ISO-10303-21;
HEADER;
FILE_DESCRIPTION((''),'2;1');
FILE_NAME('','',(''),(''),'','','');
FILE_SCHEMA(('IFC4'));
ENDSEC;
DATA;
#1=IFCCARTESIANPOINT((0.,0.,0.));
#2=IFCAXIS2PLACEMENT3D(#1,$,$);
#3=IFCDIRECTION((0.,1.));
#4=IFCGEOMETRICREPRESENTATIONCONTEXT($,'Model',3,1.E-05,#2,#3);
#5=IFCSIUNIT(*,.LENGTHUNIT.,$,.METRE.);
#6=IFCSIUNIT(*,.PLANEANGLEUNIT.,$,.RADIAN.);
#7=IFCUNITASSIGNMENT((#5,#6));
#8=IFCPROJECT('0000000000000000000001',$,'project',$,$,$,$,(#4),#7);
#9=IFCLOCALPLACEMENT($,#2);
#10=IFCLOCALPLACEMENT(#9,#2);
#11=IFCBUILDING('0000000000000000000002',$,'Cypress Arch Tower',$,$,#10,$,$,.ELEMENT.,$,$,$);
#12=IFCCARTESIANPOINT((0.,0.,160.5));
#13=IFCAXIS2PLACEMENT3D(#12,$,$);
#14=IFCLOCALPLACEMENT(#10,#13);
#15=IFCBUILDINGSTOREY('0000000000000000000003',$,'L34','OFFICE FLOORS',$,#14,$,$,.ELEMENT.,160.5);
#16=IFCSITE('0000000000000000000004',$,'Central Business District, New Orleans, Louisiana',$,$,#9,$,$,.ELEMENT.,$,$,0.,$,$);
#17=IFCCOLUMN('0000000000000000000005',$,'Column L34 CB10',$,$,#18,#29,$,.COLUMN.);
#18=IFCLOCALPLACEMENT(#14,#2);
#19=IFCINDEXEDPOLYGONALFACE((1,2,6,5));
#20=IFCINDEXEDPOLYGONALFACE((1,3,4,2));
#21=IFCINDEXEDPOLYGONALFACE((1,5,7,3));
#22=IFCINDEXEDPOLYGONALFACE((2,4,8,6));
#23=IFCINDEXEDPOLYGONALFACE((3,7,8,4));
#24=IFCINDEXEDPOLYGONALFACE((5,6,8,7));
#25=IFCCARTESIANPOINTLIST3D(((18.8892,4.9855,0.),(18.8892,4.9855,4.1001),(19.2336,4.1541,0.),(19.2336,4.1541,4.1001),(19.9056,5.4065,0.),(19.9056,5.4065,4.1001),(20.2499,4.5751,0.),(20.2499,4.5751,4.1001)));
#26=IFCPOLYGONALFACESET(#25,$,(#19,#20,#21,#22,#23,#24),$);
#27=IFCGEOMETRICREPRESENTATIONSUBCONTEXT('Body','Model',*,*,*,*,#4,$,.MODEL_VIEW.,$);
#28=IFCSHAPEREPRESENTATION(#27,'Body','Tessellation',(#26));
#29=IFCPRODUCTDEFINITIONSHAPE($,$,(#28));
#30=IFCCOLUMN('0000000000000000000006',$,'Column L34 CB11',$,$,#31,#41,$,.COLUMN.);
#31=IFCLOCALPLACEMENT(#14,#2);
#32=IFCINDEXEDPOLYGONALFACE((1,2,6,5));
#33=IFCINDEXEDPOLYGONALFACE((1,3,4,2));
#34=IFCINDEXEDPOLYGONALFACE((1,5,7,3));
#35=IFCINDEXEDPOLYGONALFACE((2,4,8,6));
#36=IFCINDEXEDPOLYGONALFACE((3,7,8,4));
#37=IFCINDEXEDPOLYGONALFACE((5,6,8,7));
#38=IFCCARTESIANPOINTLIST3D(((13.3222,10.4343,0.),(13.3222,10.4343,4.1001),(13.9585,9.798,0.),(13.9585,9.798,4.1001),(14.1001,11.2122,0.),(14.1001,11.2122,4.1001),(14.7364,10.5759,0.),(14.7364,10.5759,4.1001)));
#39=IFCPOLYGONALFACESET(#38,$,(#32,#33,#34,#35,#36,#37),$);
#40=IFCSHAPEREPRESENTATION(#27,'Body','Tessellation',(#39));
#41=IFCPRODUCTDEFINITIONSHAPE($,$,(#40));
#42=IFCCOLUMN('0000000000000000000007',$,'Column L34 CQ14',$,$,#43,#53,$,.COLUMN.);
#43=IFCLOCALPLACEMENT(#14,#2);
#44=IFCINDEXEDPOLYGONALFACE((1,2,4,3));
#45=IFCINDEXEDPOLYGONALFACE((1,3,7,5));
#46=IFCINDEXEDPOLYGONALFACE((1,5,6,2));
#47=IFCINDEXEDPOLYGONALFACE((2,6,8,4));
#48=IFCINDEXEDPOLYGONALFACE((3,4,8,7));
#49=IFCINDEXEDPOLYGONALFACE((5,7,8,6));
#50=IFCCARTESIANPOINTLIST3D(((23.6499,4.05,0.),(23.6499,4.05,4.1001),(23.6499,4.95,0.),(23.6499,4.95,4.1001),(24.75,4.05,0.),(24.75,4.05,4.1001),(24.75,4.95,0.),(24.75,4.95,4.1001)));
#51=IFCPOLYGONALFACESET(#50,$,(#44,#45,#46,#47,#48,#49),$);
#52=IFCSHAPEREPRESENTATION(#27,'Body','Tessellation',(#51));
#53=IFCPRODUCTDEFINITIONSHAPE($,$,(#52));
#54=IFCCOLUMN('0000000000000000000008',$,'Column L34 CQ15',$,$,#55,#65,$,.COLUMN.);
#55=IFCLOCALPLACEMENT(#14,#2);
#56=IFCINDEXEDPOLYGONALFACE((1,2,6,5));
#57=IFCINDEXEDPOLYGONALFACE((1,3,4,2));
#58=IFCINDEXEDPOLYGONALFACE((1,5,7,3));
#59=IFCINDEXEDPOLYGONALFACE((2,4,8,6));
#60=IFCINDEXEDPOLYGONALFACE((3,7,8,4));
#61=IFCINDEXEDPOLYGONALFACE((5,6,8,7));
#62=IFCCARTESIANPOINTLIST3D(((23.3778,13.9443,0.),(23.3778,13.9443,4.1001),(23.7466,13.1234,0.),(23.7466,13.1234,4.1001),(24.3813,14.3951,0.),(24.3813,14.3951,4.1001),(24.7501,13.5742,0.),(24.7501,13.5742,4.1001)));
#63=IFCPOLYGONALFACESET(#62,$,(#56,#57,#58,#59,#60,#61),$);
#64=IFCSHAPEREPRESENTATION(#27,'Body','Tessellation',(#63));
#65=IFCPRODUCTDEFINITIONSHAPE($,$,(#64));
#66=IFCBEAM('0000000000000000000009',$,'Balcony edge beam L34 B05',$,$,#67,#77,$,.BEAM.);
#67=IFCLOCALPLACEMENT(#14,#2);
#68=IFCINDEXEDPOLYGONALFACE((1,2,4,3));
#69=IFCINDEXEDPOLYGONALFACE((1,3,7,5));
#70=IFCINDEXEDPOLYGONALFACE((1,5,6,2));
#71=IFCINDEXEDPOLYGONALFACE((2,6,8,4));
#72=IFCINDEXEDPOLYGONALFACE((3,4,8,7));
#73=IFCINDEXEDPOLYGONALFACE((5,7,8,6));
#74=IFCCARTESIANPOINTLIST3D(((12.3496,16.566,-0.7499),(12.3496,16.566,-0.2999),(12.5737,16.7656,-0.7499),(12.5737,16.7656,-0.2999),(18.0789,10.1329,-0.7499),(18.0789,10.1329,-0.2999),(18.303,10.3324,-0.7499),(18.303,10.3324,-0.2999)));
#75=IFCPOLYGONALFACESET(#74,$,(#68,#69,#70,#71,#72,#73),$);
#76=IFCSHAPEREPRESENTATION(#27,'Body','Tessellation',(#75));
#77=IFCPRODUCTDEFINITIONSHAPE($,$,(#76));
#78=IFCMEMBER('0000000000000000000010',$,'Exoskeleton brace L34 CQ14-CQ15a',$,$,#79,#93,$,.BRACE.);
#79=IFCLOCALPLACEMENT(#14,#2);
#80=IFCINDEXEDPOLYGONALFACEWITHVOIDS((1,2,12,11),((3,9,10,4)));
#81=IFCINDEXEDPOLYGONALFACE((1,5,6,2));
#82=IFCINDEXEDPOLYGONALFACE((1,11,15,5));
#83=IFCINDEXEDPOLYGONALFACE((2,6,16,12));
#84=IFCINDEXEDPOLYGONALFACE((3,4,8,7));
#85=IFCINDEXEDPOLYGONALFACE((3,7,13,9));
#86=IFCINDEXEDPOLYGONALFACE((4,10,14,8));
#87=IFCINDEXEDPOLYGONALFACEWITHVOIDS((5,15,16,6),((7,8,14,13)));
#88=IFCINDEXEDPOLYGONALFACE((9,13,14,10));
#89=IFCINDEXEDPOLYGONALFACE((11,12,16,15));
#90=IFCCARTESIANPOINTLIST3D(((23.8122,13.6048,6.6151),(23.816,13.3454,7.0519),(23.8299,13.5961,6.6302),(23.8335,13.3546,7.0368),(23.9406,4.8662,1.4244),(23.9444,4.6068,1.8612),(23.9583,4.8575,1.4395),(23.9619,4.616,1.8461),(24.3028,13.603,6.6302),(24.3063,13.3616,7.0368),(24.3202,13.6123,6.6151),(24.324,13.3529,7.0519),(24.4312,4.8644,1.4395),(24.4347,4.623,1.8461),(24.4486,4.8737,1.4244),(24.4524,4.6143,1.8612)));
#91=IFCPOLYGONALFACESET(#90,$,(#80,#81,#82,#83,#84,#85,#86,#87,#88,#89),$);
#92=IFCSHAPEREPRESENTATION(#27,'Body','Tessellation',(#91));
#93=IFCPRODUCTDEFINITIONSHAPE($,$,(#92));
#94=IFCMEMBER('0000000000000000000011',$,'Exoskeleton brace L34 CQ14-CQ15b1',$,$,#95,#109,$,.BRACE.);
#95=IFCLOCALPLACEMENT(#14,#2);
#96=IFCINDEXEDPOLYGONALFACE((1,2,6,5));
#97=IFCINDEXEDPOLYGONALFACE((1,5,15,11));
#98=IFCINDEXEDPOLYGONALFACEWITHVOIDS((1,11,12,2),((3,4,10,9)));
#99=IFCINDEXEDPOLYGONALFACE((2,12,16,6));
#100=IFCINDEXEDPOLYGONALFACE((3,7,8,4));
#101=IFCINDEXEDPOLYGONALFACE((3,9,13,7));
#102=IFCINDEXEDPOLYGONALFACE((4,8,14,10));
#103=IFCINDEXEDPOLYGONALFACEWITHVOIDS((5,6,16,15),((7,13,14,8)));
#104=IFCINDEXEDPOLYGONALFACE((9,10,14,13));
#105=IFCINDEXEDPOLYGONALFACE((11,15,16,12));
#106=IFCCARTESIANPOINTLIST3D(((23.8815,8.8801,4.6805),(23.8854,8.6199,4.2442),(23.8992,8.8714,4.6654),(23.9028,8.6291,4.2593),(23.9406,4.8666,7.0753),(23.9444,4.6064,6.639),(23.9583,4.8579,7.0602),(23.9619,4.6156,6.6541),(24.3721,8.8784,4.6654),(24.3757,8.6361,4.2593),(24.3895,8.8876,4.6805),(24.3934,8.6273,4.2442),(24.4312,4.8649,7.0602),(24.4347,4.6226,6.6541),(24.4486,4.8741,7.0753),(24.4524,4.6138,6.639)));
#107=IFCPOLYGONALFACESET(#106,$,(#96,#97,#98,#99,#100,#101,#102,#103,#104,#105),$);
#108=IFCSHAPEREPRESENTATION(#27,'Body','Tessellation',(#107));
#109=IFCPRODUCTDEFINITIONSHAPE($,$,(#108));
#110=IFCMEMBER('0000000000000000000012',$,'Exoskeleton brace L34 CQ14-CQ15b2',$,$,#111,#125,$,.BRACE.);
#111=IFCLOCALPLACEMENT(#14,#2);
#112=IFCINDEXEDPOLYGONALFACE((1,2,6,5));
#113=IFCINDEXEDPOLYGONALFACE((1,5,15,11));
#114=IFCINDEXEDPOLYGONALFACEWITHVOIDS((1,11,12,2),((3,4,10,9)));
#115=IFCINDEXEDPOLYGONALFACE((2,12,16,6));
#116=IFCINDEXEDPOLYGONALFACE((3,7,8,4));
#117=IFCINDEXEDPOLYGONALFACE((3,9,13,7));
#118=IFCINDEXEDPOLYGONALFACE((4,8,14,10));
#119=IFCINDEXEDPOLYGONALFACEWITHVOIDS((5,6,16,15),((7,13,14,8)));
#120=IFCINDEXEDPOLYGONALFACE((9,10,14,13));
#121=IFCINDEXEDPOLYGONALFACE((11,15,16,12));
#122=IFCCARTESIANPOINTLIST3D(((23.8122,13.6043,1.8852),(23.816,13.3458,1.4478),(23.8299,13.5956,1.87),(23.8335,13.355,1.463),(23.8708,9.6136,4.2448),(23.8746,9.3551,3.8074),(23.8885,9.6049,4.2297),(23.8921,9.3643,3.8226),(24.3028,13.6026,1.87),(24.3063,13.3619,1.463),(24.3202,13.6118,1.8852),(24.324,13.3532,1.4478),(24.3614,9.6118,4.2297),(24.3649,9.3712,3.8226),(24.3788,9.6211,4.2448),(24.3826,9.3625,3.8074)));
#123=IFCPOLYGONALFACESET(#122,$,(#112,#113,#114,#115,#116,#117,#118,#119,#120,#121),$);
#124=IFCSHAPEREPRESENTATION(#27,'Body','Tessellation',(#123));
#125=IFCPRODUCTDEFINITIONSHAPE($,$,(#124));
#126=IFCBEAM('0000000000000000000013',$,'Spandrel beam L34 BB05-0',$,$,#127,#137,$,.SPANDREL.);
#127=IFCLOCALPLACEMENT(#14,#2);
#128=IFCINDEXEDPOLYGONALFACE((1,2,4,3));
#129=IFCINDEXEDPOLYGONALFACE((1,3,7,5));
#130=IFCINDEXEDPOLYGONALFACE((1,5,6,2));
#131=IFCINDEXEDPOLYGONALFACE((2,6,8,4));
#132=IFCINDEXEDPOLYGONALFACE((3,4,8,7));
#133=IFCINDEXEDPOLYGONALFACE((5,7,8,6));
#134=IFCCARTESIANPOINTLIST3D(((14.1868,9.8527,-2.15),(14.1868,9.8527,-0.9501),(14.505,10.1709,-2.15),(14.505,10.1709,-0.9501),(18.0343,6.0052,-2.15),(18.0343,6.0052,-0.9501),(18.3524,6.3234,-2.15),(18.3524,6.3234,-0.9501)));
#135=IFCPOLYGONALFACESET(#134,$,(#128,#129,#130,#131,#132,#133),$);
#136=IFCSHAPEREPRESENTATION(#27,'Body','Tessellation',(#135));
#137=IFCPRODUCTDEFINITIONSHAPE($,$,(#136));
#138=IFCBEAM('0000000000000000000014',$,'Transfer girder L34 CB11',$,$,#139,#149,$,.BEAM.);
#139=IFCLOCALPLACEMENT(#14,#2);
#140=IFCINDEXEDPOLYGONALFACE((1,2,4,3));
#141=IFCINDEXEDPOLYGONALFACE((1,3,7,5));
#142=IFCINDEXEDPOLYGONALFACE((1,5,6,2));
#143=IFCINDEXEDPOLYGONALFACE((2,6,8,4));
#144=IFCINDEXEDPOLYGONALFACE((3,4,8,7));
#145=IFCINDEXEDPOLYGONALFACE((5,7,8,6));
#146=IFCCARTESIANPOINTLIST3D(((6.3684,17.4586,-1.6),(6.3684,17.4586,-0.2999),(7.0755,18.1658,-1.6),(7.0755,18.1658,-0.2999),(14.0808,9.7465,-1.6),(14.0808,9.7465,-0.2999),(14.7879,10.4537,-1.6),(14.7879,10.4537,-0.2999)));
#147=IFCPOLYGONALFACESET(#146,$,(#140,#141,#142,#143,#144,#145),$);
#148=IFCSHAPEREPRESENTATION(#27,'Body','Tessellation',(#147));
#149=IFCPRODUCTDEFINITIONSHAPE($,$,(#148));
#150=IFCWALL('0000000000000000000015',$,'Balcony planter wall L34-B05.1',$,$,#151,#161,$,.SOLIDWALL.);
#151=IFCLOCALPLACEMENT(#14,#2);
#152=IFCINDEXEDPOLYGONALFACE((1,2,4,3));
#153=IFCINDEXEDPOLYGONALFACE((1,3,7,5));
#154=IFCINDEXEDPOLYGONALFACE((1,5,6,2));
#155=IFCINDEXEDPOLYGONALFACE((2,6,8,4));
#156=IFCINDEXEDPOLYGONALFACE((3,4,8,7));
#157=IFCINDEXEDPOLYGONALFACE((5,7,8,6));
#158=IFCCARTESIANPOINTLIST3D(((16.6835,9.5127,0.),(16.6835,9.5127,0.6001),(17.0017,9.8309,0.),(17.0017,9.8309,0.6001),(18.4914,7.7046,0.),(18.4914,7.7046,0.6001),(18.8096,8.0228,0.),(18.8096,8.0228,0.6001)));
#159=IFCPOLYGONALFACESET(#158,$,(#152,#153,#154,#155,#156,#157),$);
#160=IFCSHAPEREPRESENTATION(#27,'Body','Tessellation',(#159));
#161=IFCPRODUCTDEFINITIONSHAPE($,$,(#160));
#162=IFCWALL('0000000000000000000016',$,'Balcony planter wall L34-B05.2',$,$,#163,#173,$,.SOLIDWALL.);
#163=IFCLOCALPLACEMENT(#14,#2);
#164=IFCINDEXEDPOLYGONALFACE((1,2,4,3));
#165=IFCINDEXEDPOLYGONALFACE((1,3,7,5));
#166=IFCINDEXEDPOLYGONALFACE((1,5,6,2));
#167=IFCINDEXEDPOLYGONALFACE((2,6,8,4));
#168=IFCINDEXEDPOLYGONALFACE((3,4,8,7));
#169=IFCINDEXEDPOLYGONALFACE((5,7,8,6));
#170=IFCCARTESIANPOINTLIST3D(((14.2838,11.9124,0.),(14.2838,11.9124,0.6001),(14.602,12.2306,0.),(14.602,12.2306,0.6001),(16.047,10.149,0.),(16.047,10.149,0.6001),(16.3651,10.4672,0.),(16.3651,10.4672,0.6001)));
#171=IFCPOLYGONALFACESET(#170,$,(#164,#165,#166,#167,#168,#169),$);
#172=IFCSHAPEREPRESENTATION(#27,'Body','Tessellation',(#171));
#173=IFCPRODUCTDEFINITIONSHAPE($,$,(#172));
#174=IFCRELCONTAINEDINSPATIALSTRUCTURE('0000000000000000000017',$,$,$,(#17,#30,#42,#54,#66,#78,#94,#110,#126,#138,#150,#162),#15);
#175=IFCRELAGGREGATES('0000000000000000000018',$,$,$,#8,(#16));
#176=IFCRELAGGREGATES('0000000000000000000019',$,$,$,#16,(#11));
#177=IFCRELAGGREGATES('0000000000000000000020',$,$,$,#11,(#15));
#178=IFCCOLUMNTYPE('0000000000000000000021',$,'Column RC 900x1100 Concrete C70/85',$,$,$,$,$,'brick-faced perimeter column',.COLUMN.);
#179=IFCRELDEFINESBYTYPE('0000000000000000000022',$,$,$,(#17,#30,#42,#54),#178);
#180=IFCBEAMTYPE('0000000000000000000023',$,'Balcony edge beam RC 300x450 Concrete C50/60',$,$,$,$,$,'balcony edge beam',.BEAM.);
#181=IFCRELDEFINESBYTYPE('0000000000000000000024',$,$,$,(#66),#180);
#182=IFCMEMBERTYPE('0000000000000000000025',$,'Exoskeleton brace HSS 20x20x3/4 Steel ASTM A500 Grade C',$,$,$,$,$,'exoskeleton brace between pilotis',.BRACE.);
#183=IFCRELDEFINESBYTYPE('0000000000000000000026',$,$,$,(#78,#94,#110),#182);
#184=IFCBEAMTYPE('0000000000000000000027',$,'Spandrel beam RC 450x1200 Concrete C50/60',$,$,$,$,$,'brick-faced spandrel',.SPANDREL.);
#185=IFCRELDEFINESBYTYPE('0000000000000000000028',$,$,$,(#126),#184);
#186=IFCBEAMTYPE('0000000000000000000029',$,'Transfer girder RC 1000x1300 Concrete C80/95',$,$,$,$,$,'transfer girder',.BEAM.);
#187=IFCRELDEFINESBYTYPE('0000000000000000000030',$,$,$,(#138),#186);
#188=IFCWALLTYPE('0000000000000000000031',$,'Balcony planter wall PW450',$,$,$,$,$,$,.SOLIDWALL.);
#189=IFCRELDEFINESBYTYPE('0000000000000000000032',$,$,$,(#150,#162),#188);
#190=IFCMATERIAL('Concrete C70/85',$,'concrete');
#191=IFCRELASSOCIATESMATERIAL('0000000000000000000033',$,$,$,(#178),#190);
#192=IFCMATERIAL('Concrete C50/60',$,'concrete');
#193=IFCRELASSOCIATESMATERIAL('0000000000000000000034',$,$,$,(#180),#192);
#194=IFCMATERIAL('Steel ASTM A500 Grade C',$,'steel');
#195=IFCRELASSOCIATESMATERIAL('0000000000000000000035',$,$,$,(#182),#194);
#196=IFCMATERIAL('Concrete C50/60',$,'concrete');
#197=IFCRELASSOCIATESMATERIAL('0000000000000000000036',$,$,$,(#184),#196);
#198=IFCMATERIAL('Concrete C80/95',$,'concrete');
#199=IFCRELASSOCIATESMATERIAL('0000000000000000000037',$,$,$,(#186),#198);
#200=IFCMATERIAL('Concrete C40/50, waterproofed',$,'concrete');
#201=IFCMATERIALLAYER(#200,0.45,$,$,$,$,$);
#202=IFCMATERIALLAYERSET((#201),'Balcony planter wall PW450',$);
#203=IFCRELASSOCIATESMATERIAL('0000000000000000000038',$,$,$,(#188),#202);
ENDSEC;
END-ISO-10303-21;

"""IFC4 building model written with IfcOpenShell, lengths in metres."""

from ifc_helpers import new_model, si_unit, direction, frame, frame_2d, origin, origin_2d, place, context, subcontext, project, spatial, rectangle, hollow_rectangle, extrude, material, layer, layer_set, material_profile, profile_set, type_object, element, save


model = new_model("IFC4")

# Units and contexts
model_context = context("Model", 3, precision=1e-05, world=origin(), true_north=direction((0.0, 1.0)))
body_context = subcontext(model_context, "Body", "Model", "MODEL_VIEW")
ifc_project = project(units=[si_unit("LENGTHUNIT", "METRE"), si_unit("PLANEANGLEUNIT", "RADIAN")], contexts=[model_context])

# Site, building, storey
site_placement = place(None, origin())
site = spatial("IfcSite", under=ifc_project, at=site_placement, Name="Central Business District, New Orleans, Louisiana", CompositionType="ELEMENT", RefElevation=0.0)
building_placement = place(site_placement, origin())
building = spatial("IfcBuilding", under=site, at=building_placement, Name="Cypress Arch Tower", CompositionType="ELEMENT")
storey_placement = place(building_placement, frame((0.0, 0.0, 160.5)))
storey = spatial("IfcBuildingStorey", under=building, at=storey_placement, Name="L34", Description="OFFICE FLOORS", CompositionType="ELEMENT", Elevation=160.5)

# Columns
ifc_material_1 = material(Name="Concrete C70/85", Category="concrete")
ifc_material_profile_1 = material_profile(ifc_material_1, rectangle(XDim=0.8999, YDim=1.1001, at=origin_2d()), Name="RC 900x1100")
ifc_profile_set_1 = profile_set([ifc_material_profile_1], Name="Concrete C70/85")
column_type = type_object("IfcColumnType", Name="Column RC 900x1100 Concrete C70/85", ElementType="brick-faced perimeter column", PredefinedType="COLUMN", material=ifc_profile_set_1)
for number, where, z_axis, x_axis, name in (
    (1, (19.5696, 4.7803, 0.0), (0.0, 0.0, 1.0), (-0.382683, 0.92388, 0.0), "Column L34 CB10"),
    (2, (14.0293, 10.5051, 0.0), (0.0, 0.0, 1.0), (-0.707107, 0.707107, 0.0), "Column L34 CB11"),
    (3, (24.2, 4.5, 0.0), (0.0, 0.0, 1.0), (0.0, 1.0, 0.0), "Column L34 CQ14"),
    (4, (24.064, 13.7593, 0.0), (0.0, 0.0, 1.0), (-0.409765, 0.912191, 0.0), "Column L34 CQ15"),
):
    element("IfcColumn", number, at=place(storey_placement, frame(where, z_axis=z_axis, x_axis=x_axis)), inside=storey, type_object=column_type, Name=name, PredefinedType="COLUMN", context=body_context, shape_type="SweptSolid", body=[
        extrude(rectangle(XDim=0.8999, YDim=1.1001, at=origin_2d()), origin(), (0.0, 0.0, 1.0), 4.1001),
    ])

# Beam
ifc_material_2 = material(Name="Concrete C50/60", Category="concrete")
ifc_material_profile_2 = material_profile(ifc_material_2, rectangle(XDim=0.3, YDim=0.45, at=origin_2d()), Name="RC 300x450")
ifc_profile_set_2 = profile_set([ifc_material_profile_2], Name="Concrete C50/60")
beam_type_1 = type_object("IfcBeamType", Name="Balcony edge beam RC 300x450 Concrete C50/60", ElementType="balcony edge beam", PredefinedType="BEAM", material=ifc_profile_set_2)
beam_1_placement = place(storey_placement, frame((18.1909, 10.2327, -0.5249), z_axis=(-0.665072, 0.746779, 0.0), x_axis=(-0.746779, -0.665072, 0.0)))
element("IfcBeam", 5, at=beam_1_placement, inside=storey, type_object=beam_type_1, Name="Balcony edge beam L34 B05", PredefinedType="BEAM", context=body_context, shape_type="SweptSolid", body=[
    extrude(rectangle(XDim=0.3, YDim=0.45, at=origin_2d()), origin(), (0.0, 0.0, 1.0), 8.6145),
])

# Members
ifc_material_3 = material(Name="Steel ASTM A500 Grade C", Category="steel")
ifc_material_profile_3 = material_profile(ifc_material_3, hollow_rectangle(XDim=0.5081, YDim=0.5081, WallThickness=0.0176, at=origin_2d()), Name="HSS 20x20x3/4")
ifc_profile_set_3 = profile_set([ifc_material_profile_3], Name="Steel ASTM A500 Grade C")
member_type = type_object("IfcMemberType", Name="Exoskeleton brace HSS 20x20x3/4 Steel ASTM A500 Grade C", ElementType="exoskeleton brace between pilotis", PredefinedType="BRACE", material=ifc_profile_set_3)
member_1_placement = place(storey_placement, frame((24.1965, 4.7402, 1.6428), z_axis=(-0.012634, 0.859692, 0.510656), x_axis=(-0.999892, -0.014694, 0.0)))
element("IfcMember", 6, at=member_1_placement, inside=storey, type_object=member_type, Name="Exoskeleton brace L34 CQ14-CQ15a", PredefinedType="BRACE", context=body_context, shape_type="SweptSolid", body=[
    extrude(hollow_rectangle(XDim=0.5081, YDim=0.5081, WallThickness=0.0176, at=origin_2d()), origin(), (0.0, 0.0, 1.0), 10.1648),
])
member_2_placement = place(storey_placement, frame((24.1965, 4.7402, 6.8572), z_axis=(-0.012641, 0.858675, -0.512364), x_axis=(-0.999892, -0.014719, 0.0)))
element("IfcMember", 7, at=member_2_placement, inside=storey, type_object=member_type, Name="Exoskeleton brace L34 CQ14-CQ15b1", PredefinedType="BRACE", context=body_context, shape_type="SweptSolid", body=[
    extrude(hollow_rectangle(XDim=0.5081, YDim=0.5081, WallThickness=0.0176, at=origin_2d()), origin(), (0.0, 0.0, 1.0), 4.6741),
])
member_3_placement = place(storey_placement, frame((24.0681, 13.4788, 1.6665), z_axis=(0.012638, -0.860719, 0.508923), x_axis=(0.999892, 0.014681, 0.0)))
element("IfcMember", 8, at=member_3_placement, inside=storey, type_object=member_type, Name="Exoskeleton brace L34 CQ14-CQ15b2", PredefinedType="BRACE", context=body_context, shape_type="SweptSolid", body=[
    extrude(hollow_rectangle(XDim=0.5081, YDim=0.5081, WallThickness=0.0176, at=origin_2d()), origin(), (0.0, 0.0, 1.0), 4.6365),
])

# Beams
ifc_material_4 = material(Name="Concrete C50/60", Category="concrete")
ifc_material_profile_4 = material_profile(ifc_material_4, rectangle(XDim=0.45, YDim=1.2, at=origin_2d()), Name="RC 450x1200")
ifc_profile_set_4 = profile_set([ifc_material_profile_4], Name="Concrete C50/60")
beam_type_2 = type_object("IfcBeamType", Name="Spandrel beam RC 450x1200 Concrete C50/60", ElementType="brick-faced spandrel", PredefinedType="SPANDREL", material=ifc_profile_set_4)
beam_2_placement = place(storey_placement, frame((18.1934, 6.1643, -1.55), z_axis=(-0.707107, 0.707107, 0.0), x_axis=(-0.707107, -0.707107, 0.0)))
element("IfcBeam", 9, at=beam_2_placement, inside=storey, type_object=beam_type_2, Name="Spandrel beam L34 BB05-0", PredefinedType="SPANDREL", context=body_context, shape_type="SweptSolid", body=[
    extrude(rectangle(XDim=0.45, YDim=1.2, at=origin_2d()), origin(), (0.0, 0.0, 1.0), 5.4412),
])
ifc_material_5 = material(Name="Concrete C80/95", Category="concrete")
ifc_material_profile_5 = material_profile(ifc_material_5, rectangle(XDim=1.0, YDim=1.3, at=origin_2d()), Name="RC 1000x1300")
ifc_profile_set_5 = profile_set([ifc_material_profile_5], Name="Concrete C80/95")
beam_type_3 = type_object("IfcBeamType", Name="Transfer girder RC 1000x1300 Concrete C80/95", ElementType="transfer girder", PredefinedType="BEAM", material=ifc_profile_set_5)
beam_3_placement = place(storey_placement, frame((14.4343, 10.1001, -0.95), z_axis=(-0.707118, 0.707096, 0.0), x_axis=(-0.707096, -0.707118, 0.0)))
element("IfcBeam", 10, at=beam_3_placement, inside=storey, type_object=beam_type_3, Name="Transfer girder L34 CB11", PredefinedType="BEAM", context=body_context, shape_type="SweptSolid", body=[
    extrude(rectangle(XDim=1.0, YDim=1.3, at=origin_2d()), origin(), (0.0, 0.0, 1.0), 10.9067),
])

# Walls
ifc_material_6 = material(Name="Concrete C40/50, waterproofed", Category="concrete")
ifc_layer_1 = layer(ifc_material_6, 0.45)
ifc_layer_set_1 = layer_set([ifc_layer_1], Name="Balcony planter wall PW450")
wall_type_1 = type_object("IfcWallType", Name="Balcony planter wall PW450", PredefinedType="SOLIDWALL", material=ifc_layer_set_1)
wall_1_placement = place(storey_placement, frame((18.6504, 7.8638, 0.0), z_axis=(0.0, 0.0, 1.0), x_axis=(-0.707059, 0.707155, 0.0)))
element("IfcWall", 11, at=wall_1_placement, inside=storey, type_object=wall_type_1, Name="Balcony planter wall L34-B05.1", PredefinedType="SOLIDWALL", context=body_context, shape_type="SweptSolid", body=[
    extrude(rectangle(XDim=2.5569, YDim=0.45, at=frame_2d((1.2783, 0.0))), origin(), (0.0, 0.0, 1.0), 0.6001),
])
wall_2_placement = place(storey_placement, frame((16.2061, 10.3081, 0.0), z_axis=(0.0, 0.0, 1.0), x_axis=(-0.707058, 0.707156, 0.0)))
element("IfcWall", 12, at=wall_2_placement, inside=storey, type_object=wall_type_1, Name="Balcony planter wall L34-B05.2", PredefinedType="SOLIDWALL", context=body_context, shape_type="SweptSolid", body=[
    extrude(rectangle(XDim=2.4937, YDim=0.45, at=frame_2d((1.2468, 0.0))), origin(), (0.0, 0.0, 1.0), 0.6001),
])

save(model, "model.ifc")
